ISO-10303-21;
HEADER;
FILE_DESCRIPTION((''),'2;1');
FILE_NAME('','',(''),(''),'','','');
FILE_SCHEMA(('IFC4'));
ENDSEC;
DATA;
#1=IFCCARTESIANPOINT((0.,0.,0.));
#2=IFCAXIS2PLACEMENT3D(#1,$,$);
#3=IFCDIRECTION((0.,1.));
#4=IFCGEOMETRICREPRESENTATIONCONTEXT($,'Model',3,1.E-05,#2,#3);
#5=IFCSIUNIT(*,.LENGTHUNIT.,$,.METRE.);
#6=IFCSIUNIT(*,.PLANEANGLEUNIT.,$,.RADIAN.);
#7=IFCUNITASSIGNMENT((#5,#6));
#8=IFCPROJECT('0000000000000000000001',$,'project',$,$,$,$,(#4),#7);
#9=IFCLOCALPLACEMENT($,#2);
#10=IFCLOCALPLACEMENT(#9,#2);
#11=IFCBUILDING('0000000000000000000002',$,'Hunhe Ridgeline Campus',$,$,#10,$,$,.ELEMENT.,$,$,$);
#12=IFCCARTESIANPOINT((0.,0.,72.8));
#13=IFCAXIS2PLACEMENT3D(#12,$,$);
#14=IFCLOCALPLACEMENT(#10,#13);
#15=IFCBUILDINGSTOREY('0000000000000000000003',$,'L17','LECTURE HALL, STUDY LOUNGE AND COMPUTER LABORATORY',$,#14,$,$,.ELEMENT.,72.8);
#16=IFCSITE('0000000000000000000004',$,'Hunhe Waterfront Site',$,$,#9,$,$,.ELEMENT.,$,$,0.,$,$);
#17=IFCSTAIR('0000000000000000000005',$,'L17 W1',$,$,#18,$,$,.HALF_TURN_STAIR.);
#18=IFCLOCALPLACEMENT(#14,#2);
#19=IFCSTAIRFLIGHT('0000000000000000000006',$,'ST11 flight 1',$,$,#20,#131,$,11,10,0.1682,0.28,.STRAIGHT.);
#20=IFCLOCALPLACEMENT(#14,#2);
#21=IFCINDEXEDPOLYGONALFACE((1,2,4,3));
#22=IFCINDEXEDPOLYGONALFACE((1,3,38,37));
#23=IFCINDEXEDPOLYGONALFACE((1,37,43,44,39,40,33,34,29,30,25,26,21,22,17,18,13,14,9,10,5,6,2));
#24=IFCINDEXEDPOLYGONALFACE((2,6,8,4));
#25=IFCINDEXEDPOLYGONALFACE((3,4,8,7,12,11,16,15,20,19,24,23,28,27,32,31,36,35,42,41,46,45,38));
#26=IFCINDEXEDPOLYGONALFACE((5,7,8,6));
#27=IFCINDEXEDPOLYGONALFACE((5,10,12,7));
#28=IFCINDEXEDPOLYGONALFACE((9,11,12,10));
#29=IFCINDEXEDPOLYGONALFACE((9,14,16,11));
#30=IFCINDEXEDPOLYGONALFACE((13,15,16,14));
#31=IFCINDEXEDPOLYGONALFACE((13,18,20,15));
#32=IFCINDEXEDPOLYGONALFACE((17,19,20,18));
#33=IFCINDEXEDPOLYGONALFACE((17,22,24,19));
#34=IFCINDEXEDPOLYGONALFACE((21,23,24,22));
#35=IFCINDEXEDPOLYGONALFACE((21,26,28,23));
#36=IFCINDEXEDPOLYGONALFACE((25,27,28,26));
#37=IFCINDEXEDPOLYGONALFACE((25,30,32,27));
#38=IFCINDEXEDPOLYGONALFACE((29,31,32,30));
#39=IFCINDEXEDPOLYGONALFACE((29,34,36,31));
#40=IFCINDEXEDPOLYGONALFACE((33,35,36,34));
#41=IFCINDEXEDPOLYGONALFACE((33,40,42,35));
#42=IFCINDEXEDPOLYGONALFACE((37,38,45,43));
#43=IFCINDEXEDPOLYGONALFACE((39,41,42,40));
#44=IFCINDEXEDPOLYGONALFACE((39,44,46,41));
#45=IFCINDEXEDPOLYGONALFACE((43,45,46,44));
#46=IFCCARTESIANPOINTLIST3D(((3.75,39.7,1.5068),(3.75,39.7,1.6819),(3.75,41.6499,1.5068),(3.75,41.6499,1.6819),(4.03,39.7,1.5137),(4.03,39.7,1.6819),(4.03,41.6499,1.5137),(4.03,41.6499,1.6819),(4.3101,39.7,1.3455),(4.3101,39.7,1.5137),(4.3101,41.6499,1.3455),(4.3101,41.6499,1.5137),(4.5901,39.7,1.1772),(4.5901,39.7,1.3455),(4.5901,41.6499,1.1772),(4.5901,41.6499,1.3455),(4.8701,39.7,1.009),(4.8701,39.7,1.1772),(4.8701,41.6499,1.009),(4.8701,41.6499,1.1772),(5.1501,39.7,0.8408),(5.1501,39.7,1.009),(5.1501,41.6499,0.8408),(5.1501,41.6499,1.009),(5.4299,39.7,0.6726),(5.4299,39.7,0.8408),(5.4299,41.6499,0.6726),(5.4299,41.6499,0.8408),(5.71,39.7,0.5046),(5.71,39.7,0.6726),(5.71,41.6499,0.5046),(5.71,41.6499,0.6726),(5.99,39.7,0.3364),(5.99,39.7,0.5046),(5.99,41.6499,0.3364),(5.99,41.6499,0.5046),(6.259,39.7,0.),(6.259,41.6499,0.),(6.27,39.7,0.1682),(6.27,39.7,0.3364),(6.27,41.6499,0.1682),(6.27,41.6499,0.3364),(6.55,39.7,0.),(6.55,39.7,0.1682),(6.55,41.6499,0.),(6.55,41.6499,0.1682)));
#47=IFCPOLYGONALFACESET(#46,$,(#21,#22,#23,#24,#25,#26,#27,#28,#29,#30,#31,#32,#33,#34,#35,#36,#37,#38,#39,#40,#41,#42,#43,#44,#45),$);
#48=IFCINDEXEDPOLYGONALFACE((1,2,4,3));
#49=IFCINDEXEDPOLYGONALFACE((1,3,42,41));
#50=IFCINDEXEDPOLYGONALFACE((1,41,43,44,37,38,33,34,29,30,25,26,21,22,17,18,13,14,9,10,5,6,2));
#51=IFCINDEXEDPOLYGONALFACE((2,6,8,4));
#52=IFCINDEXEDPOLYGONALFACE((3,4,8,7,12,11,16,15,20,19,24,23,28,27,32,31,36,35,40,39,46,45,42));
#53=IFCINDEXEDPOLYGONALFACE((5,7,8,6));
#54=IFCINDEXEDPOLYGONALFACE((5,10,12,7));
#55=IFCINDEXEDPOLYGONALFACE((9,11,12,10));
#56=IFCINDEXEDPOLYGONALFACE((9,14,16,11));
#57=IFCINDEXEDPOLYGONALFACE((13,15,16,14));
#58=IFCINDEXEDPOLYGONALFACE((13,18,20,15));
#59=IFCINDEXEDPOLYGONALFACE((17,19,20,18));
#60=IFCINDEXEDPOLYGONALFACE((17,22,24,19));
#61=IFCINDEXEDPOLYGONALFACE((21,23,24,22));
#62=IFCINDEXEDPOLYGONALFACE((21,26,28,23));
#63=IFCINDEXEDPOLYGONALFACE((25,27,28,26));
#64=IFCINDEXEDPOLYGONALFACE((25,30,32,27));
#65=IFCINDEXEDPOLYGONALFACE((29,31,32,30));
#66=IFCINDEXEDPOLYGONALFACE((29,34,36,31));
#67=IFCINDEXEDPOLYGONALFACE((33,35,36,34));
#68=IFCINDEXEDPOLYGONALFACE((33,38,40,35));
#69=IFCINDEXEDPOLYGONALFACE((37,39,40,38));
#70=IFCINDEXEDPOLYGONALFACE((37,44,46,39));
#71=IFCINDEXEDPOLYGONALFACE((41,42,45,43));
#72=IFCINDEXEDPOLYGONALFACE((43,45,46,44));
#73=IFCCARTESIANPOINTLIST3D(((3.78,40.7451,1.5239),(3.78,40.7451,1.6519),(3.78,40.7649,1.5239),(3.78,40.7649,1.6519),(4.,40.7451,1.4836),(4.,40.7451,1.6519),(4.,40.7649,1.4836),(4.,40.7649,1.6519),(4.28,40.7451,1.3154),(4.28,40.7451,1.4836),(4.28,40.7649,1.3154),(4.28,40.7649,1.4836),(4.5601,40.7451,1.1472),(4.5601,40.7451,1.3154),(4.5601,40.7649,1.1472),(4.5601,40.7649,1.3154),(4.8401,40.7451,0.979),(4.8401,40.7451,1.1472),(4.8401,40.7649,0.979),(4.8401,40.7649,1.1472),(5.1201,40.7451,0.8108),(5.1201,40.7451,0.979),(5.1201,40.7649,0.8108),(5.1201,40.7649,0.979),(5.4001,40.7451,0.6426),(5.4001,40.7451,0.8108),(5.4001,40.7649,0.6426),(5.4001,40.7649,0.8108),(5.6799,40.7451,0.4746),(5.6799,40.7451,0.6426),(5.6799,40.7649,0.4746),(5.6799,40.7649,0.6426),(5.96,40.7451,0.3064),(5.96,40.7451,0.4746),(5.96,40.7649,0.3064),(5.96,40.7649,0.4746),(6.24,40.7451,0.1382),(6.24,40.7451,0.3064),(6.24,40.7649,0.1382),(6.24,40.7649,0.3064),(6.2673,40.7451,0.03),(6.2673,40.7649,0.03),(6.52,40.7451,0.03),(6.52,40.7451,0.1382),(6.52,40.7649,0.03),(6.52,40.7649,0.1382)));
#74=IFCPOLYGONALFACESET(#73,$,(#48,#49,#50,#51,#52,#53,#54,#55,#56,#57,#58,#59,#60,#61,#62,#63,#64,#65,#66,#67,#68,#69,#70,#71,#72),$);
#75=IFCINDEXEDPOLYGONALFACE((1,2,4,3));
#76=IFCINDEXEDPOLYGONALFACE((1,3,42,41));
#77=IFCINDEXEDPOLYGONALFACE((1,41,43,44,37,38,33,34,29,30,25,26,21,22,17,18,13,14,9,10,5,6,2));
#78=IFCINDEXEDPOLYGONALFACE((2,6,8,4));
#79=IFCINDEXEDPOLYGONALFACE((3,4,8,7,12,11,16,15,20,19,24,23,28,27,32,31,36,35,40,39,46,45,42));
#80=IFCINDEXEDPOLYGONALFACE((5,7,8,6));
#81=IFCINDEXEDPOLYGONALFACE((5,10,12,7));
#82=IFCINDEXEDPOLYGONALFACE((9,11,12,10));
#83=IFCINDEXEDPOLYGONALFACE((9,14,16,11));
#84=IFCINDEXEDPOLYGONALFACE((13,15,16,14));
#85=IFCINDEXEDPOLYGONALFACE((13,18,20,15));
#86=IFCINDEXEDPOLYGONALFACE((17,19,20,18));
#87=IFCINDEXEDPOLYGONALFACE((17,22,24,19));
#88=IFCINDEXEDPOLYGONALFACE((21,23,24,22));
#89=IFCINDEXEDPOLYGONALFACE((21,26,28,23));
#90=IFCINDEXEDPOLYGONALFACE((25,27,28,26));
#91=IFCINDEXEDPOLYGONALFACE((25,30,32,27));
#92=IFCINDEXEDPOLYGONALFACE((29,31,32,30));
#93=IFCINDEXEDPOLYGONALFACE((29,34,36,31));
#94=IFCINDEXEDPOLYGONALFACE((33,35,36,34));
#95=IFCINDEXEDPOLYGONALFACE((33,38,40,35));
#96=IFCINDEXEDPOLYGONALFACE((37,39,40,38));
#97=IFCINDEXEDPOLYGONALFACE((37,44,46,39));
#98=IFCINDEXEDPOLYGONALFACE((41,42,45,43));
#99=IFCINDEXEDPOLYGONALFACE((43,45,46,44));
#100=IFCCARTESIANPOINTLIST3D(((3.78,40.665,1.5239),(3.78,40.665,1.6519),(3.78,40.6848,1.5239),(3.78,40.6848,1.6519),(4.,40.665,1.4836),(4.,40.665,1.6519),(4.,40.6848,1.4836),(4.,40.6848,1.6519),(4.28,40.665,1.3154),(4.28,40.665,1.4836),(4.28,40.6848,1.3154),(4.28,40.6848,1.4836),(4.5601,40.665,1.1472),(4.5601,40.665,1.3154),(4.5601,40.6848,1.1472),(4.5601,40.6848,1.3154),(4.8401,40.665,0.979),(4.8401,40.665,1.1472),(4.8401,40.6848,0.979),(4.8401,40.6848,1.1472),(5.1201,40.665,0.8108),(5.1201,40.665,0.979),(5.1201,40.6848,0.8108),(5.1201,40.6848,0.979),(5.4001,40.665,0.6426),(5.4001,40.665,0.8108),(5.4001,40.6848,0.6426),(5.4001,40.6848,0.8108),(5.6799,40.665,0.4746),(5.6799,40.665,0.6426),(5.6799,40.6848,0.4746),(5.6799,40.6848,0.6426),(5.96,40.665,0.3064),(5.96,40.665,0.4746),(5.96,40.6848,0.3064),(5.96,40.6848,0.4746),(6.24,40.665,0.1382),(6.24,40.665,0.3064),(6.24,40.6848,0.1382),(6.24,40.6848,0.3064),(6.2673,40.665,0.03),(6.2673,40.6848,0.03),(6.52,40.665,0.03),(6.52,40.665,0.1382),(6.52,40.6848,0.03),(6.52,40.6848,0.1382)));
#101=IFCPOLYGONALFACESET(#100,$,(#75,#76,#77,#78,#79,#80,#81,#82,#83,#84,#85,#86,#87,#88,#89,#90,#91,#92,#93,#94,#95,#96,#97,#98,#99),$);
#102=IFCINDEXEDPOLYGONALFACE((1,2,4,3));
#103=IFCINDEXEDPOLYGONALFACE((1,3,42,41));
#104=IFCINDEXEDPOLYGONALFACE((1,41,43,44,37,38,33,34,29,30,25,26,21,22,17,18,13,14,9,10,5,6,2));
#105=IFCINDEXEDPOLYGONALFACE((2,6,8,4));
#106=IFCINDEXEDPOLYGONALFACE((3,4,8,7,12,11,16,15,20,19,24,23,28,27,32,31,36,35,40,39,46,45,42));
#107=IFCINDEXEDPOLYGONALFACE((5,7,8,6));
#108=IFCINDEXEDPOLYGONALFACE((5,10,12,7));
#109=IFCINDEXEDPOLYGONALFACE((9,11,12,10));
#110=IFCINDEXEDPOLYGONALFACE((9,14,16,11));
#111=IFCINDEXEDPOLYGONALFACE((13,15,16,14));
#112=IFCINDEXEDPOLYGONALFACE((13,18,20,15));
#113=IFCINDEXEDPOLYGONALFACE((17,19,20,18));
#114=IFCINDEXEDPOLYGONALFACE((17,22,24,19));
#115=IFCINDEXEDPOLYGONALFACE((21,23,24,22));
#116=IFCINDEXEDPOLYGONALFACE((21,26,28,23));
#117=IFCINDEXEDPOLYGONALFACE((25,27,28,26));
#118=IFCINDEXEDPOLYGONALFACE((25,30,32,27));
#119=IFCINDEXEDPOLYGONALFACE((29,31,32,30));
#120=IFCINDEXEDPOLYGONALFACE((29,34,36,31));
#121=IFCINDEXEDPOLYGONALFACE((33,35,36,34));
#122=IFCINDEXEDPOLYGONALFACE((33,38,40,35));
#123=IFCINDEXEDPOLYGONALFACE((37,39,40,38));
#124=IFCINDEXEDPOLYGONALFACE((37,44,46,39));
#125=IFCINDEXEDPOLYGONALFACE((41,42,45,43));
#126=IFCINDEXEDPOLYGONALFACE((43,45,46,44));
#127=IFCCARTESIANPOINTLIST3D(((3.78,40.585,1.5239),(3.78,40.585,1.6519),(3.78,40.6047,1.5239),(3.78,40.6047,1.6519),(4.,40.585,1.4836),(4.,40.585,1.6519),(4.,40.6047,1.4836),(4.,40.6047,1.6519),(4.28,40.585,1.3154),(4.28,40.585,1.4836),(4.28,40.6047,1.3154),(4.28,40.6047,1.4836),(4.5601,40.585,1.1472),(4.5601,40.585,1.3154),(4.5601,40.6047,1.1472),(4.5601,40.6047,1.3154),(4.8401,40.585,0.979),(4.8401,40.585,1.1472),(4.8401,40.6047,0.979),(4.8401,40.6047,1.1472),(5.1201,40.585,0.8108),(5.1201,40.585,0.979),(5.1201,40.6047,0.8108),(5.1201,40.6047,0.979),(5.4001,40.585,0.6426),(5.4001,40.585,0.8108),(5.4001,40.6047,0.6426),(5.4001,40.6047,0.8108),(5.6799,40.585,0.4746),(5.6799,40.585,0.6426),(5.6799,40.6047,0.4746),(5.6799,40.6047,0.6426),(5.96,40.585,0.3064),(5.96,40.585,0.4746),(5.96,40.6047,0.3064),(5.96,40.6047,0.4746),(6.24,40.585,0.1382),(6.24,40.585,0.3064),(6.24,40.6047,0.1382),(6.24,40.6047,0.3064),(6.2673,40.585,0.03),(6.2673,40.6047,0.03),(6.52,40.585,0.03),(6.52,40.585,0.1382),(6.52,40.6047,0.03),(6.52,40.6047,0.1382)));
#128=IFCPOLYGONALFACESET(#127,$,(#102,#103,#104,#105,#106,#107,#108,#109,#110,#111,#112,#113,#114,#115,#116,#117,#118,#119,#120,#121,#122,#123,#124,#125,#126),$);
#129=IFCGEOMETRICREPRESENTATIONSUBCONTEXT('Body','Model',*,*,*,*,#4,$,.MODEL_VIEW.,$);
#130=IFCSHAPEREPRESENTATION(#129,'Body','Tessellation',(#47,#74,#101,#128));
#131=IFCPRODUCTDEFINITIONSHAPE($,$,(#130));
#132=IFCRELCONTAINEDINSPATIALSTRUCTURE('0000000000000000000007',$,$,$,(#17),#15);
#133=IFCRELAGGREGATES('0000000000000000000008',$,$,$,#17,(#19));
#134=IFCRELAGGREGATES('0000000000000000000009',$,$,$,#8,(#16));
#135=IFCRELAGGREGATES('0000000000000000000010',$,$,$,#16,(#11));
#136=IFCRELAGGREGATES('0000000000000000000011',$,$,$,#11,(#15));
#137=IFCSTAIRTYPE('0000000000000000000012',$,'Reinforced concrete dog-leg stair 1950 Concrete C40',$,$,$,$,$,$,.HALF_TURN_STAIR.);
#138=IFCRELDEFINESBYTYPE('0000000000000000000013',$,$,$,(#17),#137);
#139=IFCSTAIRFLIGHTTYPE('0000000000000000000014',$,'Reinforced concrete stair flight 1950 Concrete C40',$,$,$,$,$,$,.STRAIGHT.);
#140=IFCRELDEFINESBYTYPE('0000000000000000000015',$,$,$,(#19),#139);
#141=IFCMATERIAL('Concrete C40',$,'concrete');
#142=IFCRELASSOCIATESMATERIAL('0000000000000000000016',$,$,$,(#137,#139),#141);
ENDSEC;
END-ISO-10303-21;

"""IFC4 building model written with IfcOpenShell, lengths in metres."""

from ifc_helpers import new_model, si_unit, direction, frame, origin, place, context, subcontext, project, spatial, polyline, outline, extrude, material, type_object, element, aggregate, save


model = new_model("IFC4")

# Units and contexts
model_context = context("Model", 3, precision=1e-05, world=origin(), true_north=direction((0.0, 1.0)))
body_context = subcontext(model_context, "Body", "Model", "MODEL_VIEW")
ifc_project = project(units=[si_unit("LENGTHUNIT", "METRE"), si_unit("PLANEANGLEUNIT", "RADIAN")], contexts=[model_context])

# Site, building, storey
site_placement = place(None, origin())
site = spatial("IfcSite", under=ifc_project, at=site_placement, Name="Hunhe Waterfront Site", CompositionType="ELEMENT", RefElevation=0.0)
building_placement = place(site_placement, origin())
building = spatial("IfcBuilding", under=site, at=building_placement, Name="Hunhe Ridgeline Campus", CompositionType="ELEMENT")
storey_placement = place(building_placement, frame((0.0, 0.0, 72.8)))
storey = spatial("IfcBuildingStorey", under=building, at=storey_placement, Name="L17", Description="LECTURE HALL, STUDY LOUNGE AND COMPUTER LABORATORY", CompositionType="ELEMENT", Elevation=72.8)

# Stair, stair flight
ifc_material_1 = material(Name="Concrete C40", Category="concrete")
stair_type = type_object("IfcStairType", Name="Reinforced concrete dog-leg stair 1950 Concrete C40", PredefinedType="HALF_TURN_STAIR", material=ifc_material_1)
stair_placement = place(storey_placement, origin())
stair = element("IfcStair", 1, at=stair_placement, inside=storey, type_object=stair_type, Name="L17 W1", PredefinedType="HALF_TURN_STAIR")
stair_flight_type = type_object("IfcStairFlightType", Name="Reinforced concrete stair flight 1950 Concrete C40", PredefinedType="STRAIGHT", material=ifc_material_1)
stair_flight_1_placement = place(storey_placement, frame((6.55, 40.675, 0.0), z_axis=(0.0, 0.0, 1.0), x_axis=(-1.0, 0.0, 0.0)))
stair_flight_1 = element("IfcStairFlight", 2, at=stair_flight_1_placement, type_object=stair_flight_type, Name="ST11 flight 1", NumberOfRisers=11, NumberOfTreads=10, PredefinedType="STRAIGHT", RiserHeight=0.1682, TreadLength=0.28, context=body_context, shape_type="SweptSolid", body=[
    extrude(outline(polyline([(0.0, 0.0), (0.0, 0.1682), (0.28, 0.1682), (0.28, 0.3364), (0.5601, 0.3364), (0.5601, 0.5046), (0.8401, 0.5046), (0.8401, 0.6726), (1.1201, 0.6726), (1.1201, 0.8408), (1.3999, 0.8408), (1.3999, 1.009), (1.6799, 1.009), (1.6799, 1.1772), (1.96, 1.1772), (1.96, 1.3455), (2.24, 1.3455), (2.24, 1.5137), (2.52, 1.5137), (2.52, 1.6819), (2.8, 1.6819), (2.8, 1.8501), (2.8, 1.5068), (0.291, 0.0), (0.0, 0.0)])), frame((0.0, 0.9751, 0.0), z_axis=(0.0, -1.0, 0.0), x_axis=(1.0, 0.0, 0.0)), (0.0, 0.0, 1.0), 1.95),
    extrude(outline(polyline([(0.03, 0.03), (0.03, 0.1382), (0.3101, 0.1382), (0.3101, 0.3064), (0.5901, 0.3064), (0.5901, 0.4746), (0.8701, 0.4746), (0.8701, 0.6426), (1.1499, 0.6426), (1.1499, 0.8108), (1.4299, 0.8108), (1.4299, 0.979), (1.71, 0.979), (1.71, 1.1472), (1.99, 1.1472), (1.99, 1.3154), (2.27, 1.3154), (2.27, 1.4836), (2.55, 1.4836), (2.55, 1.6519), (2.77, 1.6519), (2.77, 1.5239), (0.2827, 0.03), (0.03, 0.03)])), frame((0.0, -0.0701, 0.0), z_axis=(0.0, -1.0, 0.0), x_axis=(1.0, 0.0, 0.0)), (0.0, 0.0, 1.0), 0.0198),
    extrude(outline(polyline([(0.03, 0.03), (0.03, 0.1382), (0.3101, 0.1382), (0.3101, 0.3064), (0.5901, 0.3064), (0.5901, 0.4746), (0.8701, 0.4746), (0.8701, 0.6426), (1.1499, 0.6426), (1.1499, 0.8108), (1.4299, 0.8108), (1.4299, 0.979), (1.71, 0.979), (1.71, 1.1472), (1.99, 1.1472), (1.99, 1.3154), (2.27, 1.3154), (2.27, 1.4836), (2.55, 1.4836), (2.55, 1.6519), (2.77, 1.6519), (2.77, 1.5239), (0.2827, 0.03), (0.03, 0.03)])), frame((0.0, 0.01, 0.0), z_axis=(0.0, -1.0, 0.0), x_axis=(1.0, 0.0, 0.0)), (0.0, 0.0, 1.0), 0.0198),
    extrude(outline(polyline([(0.03, 0.03), (0.03, 0.1382), (0.3101, 0.1382), (0.3101, 0.3064), (0.5901, 0.3064), (0.5901, 0.4746), (0.8701, 0.4746), (0.8701, 0.6426), (1.1499, 0.6426), (1.1499, 0.8108), (1.4299, 0.8108), (1.4299, 0.979), (1.71, 0.979), (1.71, 1.1472), (1.99, 1.1472), (1.99, 1.3154), (2.27, 1.3154), (2.27, 1.4836), (2.55, 1.4836), (2.55, 1.6519), (2.77, 1.6519), (2.77, 1.5239), (0.2827, 0.03), (0.03, 0.03)])), frame((0.0, 0.0901, 0.0), z_axis=(0.0, -1.0, 0.0), x_axis=(1.0, 0.0, 0.0)), (0.0, 0.0, 1.0), 0.0198),
])
aggregate(stair, [stair_flight_1])

save(model, "model.ifc")
